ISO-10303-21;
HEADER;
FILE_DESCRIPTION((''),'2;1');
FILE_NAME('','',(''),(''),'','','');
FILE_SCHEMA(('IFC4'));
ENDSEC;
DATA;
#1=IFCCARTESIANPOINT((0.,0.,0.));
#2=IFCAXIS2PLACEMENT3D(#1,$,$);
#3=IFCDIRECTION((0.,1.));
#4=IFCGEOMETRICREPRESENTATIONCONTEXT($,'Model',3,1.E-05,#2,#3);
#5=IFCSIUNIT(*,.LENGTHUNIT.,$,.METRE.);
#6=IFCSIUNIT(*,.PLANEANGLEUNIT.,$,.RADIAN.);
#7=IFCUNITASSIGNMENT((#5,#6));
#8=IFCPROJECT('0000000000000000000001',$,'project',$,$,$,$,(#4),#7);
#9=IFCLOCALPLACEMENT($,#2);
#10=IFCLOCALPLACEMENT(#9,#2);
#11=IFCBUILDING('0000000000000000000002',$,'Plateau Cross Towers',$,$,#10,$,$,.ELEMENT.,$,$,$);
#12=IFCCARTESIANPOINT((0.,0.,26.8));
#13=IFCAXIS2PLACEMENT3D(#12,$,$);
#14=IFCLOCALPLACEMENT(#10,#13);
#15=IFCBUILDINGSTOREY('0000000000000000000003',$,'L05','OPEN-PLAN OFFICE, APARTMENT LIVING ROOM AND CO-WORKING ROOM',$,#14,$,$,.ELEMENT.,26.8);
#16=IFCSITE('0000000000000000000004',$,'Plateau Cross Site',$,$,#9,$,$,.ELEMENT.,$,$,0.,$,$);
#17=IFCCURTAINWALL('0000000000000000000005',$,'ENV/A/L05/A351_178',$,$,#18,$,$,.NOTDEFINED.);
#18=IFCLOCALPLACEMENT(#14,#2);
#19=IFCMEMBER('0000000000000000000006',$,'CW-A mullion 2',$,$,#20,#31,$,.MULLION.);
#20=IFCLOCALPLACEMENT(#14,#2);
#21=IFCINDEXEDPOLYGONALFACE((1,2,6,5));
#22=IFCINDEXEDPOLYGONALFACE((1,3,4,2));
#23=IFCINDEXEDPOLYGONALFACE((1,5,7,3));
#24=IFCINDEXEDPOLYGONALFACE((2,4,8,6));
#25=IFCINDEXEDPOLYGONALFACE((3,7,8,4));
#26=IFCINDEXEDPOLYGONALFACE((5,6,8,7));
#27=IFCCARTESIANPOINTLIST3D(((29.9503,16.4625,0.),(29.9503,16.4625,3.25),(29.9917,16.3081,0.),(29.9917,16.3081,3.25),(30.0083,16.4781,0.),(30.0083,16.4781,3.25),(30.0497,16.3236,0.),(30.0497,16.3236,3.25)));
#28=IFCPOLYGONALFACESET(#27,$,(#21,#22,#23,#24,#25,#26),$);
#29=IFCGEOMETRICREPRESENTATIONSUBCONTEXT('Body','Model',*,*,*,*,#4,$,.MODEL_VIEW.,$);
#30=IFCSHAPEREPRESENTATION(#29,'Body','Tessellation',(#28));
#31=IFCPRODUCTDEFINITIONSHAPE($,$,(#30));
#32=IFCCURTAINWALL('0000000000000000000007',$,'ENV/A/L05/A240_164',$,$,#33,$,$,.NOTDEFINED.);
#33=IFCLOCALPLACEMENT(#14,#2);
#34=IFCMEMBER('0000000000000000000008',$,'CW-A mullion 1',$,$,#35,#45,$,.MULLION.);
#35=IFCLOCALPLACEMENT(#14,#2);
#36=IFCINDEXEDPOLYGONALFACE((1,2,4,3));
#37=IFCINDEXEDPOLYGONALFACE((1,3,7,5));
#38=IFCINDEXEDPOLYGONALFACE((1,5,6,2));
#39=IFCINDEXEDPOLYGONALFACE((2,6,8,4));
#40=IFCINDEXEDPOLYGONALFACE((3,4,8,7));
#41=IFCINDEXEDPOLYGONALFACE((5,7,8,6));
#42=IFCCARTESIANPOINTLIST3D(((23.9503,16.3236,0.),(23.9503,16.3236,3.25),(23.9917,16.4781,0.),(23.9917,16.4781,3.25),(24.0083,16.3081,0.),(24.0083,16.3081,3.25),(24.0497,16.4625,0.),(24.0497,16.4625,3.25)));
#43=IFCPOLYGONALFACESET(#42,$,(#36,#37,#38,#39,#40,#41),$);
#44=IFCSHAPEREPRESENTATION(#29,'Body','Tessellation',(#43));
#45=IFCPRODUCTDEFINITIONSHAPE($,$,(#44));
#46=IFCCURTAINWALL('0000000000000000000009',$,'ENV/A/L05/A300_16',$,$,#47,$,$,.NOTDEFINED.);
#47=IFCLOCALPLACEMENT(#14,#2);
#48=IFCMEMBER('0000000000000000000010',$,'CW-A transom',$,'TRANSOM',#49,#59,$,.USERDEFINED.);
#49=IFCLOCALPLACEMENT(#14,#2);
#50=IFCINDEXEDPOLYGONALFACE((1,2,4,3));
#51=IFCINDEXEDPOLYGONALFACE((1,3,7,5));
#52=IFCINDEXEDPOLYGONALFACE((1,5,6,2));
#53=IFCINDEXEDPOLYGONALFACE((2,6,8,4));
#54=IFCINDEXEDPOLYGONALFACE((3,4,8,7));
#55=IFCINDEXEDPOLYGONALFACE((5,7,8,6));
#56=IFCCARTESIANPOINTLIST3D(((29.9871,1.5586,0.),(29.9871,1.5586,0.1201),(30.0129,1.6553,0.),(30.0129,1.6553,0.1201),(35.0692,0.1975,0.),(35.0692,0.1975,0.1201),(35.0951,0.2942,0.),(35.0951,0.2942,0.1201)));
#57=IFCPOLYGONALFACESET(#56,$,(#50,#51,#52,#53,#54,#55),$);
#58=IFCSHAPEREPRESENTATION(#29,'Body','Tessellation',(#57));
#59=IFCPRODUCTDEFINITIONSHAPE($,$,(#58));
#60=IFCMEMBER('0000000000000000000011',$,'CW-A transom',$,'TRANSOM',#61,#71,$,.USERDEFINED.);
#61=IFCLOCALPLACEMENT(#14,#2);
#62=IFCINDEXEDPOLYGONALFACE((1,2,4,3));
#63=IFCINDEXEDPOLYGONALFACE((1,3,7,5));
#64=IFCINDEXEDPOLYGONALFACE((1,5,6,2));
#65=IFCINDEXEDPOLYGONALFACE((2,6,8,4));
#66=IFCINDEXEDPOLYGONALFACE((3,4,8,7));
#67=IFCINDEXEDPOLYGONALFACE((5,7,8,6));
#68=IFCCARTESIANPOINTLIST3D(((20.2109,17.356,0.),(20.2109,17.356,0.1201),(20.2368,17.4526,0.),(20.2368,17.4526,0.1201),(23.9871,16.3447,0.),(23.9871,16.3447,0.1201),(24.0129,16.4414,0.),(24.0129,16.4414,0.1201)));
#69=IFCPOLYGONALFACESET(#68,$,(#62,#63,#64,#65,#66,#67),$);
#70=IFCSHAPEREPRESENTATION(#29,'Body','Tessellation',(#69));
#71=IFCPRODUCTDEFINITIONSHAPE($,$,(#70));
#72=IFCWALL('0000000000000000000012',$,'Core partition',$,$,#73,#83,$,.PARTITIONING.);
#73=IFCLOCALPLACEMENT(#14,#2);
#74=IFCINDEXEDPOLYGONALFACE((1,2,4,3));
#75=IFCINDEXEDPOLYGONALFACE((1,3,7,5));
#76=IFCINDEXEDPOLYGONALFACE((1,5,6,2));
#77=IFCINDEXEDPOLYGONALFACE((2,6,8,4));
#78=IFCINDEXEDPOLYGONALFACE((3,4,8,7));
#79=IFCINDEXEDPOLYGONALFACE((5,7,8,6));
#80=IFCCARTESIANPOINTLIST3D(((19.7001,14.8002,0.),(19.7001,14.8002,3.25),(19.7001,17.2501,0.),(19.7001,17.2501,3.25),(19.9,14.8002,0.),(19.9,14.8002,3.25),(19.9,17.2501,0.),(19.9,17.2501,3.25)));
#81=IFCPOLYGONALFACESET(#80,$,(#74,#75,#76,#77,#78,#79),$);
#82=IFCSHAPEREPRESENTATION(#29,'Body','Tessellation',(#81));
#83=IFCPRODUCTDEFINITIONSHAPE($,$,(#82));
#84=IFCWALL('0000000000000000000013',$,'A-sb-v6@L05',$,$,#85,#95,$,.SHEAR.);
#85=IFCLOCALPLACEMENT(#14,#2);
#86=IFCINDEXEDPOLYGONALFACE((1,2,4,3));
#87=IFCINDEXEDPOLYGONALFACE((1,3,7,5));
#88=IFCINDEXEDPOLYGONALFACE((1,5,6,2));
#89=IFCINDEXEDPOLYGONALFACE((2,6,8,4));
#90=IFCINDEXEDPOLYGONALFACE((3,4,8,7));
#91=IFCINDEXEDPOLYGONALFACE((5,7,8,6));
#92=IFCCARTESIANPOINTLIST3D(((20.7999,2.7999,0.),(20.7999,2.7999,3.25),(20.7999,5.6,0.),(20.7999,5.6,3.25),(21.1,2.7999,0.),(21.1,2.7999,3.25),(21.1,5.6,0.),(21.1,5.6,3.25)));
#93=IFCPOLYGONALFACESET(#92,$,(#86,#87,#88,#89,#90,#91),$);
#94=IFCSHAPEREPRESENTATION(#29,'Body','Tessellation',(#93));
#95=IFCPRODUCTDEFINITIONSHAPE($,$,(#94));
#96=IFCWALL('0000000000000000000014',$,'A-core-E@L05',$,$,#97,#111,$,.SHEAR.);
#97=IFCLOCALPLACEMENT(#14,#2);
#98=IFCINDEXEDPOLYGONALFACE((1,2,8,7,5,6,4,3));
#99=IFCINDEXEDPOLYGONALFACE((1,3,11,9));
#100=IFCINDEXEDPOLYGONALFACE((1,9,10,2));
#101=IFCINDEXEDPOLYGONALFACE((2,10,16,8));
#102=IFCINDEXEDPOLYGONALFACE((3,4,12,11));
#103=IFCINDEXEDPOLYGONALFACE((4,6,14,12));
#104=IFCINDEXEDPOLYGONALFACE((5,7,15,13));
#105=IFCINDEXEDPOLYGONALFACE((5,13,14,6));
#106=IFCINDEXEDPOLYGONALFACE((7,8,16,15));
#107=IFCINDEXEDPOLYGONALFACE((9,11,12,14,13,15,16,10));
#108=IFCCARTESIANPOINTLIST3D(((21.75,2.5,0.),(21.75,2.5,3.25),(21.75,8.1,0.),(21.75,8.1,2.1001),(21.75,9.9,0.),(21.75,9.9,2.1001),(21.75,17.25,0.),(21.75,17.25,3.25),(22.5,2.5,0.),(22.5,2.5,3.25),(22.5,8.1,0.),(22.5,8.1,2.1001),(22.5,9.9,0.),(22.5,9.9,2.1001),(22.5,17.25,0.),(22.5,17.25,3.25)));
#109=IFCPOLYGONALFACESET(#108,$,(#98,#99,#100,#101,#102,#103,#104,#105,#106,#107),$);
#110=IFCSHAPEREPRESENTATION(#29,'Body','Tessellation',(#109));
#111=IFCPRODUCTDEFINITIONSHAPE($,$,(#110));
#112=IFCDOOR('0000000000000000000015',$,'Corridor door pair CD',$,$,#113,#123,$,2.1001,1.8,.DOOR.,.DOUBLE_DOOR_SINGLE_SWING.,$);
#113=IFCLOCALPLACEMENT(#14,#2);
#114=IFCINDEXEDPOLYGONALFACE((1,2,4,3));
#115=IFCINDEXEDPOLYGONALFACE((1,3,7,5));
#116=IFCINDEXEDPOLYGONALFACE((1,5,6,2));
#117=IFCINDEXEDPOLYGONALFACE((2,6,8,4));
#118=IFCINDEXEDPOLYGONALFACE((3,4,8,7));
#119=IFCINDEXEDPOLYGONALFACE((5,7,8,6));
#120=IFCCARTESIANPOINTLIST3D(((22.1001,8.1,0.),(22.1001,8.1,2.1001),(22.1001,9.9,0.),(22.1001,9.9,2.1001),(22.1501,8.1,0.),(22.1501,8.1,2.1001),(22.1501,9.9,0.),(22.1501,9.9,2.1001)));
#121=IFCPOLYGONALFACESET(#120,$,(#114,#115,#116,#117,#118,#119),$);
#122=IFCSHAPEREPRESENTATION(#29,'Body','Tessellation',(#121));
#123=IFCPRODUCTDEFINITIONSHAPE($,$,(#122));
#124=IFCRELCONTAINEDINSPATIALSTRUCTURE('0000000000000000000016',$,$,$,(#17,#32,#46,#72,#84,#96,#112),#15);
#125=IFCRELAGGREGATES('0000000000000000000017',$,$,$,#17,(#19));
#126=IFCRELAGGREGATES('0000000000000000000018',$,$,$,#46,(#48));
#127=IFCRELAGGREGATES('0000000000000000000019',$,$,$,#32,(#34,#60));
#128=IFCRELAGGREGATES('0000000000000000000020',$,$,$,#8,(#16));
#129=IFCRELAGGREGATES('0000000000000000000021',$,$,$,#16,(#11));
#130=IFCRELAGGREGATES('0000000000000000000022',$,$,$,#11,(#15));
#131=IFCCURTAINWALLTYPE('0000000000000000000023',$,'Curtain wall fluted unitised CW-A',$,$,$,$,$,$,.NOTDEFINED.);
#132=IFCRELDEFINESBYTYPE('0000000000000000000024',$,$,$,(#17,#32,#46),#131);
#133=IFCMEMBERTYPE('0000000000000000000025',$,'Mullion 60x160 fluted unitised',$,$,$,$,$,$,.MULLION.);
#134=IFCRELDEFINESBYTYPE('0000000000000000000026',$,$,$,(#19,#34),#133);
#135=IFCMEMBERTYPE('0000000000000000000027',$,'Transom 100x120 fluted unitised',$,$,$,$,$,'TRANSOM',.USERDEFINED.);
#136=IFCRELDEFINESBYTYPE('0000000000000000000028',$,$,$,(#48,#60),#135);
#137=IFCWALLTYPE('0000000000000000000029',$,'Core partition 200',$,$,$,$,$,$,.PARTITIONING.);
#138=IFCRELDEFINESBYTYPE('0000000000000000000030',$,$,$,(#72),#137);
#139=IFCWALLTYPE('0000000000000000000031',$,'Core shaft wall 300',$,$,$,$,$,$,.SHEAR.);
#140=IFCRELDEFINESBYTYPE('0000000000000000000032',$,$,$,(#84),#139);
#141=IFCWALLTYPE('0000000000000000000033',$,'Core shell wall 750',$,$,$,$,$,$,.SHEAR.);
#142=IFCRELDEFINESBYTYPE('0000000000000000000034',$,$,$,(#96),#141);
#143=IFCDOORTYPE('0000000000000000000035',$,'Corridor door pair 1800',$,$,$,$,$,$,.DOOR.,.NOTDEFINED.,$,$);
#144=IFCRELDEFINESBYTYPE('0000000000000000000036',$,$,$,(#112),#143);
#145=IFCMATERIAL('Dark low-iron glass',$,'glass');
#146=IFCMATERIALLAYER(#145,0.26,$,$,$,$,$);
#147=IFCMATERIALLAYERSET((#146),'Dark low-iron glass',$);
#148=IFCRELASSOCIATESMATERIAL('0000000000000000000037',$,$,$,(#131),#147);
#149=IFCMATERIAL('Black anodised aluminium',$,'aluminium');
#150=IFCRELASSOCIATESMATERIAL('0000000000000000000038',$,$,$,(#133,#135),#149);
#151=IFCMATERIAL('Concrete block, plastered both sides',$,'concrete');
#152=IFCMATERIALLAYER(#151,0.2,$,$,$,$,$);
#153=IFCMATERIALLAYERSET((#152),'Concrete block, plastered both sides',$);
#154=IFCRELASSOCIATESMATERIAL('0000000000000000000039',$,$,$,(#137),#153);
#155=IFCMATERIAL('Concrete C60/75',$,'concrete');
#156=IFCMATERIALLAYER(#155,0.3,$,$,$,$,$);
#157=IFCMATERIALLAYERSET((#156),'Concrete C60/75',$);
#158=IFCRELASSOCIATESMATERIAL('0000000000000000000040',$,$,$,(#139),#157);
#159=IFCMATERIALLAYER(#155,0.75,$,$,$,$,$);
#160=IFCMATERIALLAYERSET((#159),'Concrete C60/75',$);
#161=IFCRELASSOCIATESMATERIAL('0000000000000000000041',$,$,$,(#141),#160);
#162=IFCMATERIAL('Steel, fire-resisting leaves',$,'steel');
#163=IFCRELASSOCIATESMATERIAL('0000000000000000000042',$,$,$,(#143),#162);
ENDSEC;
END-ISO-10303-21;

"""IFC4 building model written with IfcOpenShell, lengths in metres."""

from ifc_helpers import new_model, si_unit, direction, frame, frame_2d, origin, origin_2d, place, context, subcontext, project, spatial, rectangle, extrude, material, layer, layer_set, material_profile, profile_set, type_object, element, fill, aggregate, save


model = new_model("IFC4")

# Units and contexts
model_context = context("Model", 3, precision=1e-05, world=origin(), true_north=direction((0.0, 1.0)))
body_context = subcontext(model_context, "Body", "Model", "MODEL_VIEW")
ifc_project = project(units=[si_unit("LENGTHUNIT", "METRE"), si_unit("PLANEANGLEUNIT", "RADIAN")], contexts=[model_context])

# Site, building, storey
site_placement = place(None, origin())
site = spatial("IfcSite", under=ifc_project, at=site_placement, Name="Plateau Cross Site", CompositionType="ELEMENT", RefElevation=0.0)
building_placement = place(site_placement, origin())
building = spatial("IfcBuilding", under=site, at=building_placement, Name="Plateau Cross Towers", CompositionType="ELEMENT")
storey_placement = place(building_placement, frame((0.0, 0.0, 26.8)))
storey = spatial("IfcBuildingStorey", under=building, at=storey_placement, Name="L05", Description="OPEN-PLAN OFFICE, APARTMENT LIVING ROOM AND CO-WORKING ROOM", CompositionType="ELEMENT", Elevation=26.8)

# Curtain walls, members
ifc_material_1 = material(Name="Dark low-iron glass", Category="glass")
ifc_layer_1 = layer(ifc_material_1, 0.26)
ifc_layer_set_1 = layer_set([ifc_layer_1], Name="Dark low-iron glass")
curtain_wall_type = type_object("IfcCurtainWallType", Name="Curtain wall fluted unitised CW-A", PredefinedType="NOTDEFINED", material=ifc_layer_set_1)
curtain_wall_1_placement = place(storey_placement, origin())
curtain_wall_1 = element("IfcCurtainWall", 1, at=curtain_wall_1_placement, inside=storey, type_object=curtain_wall_type, Name="ENV/A/L05/A351_178", PredefinedType="NOTDEFINED")
ifc_material_2 = material(Name="Black anodised aluminium", Category="aluminium")
ifc_material_profile_1 = material_profile(ifc_material_2, rectangle(XDim=0.0601, YDim=0.1599, at=origin_2d()), Name="MULLION 60x160")
ifc_profile_set_1 = profile_set([ifc_material_profile_1], Name="Black anodised aluminium")
member_type_1 = type_object("IfcMemberType", Name="Mullion 60x160 fluted unitised", PredefinedType="MULLION", material=ifc_profile_set_1)
member_1_placement = place(storey_placement, frame((30.0, 16.3931, 0.0), z_axis=(0.0, 0.0, 1.0), x_axis=(-0.965958, -0.258699, 0.0)))
member_1 = element("IfcMember", 2, at=member_1_placement, type_object=member_type_1, Name="CW-A mullion 2", PredefinedType="MULLION", context=body_context, shape_type="SweptSolid", body=[
    extrude(rectangle(XDim=0.0601, YDim=0.1599, at=origin_2d()), origin(), (0.0, 0.0, 1.0), 3.25),
])
aggregate(curtain_wall_1, [member_1])
curtain_wall_2_placement = place(storey_placement, origin())
curtain_wall_2 = element("IfcCurtainWall", 3, at=curtain_wall_2_placement, inside=storey, type_object=curtain_wall_type, Name="ENV/A/L05/A240_164", PredefinedType="NOTDEFINED")
member_2_placement = place(storey_placement, frame((24.0, 16.3931, 0.0), z_axis=(0.0, 0.0, 1.0), x_axis=(-0.965958, 0.258699, 0.0)))
member_2 = element("IfcMember", 4, at=member_2_placement, type_object=member_type_1, Name="CW-A mullion 1", PredefinedType="MULLION", context=body_context, shape_type="SweptSolid", body=[
    extrude(rectangle(XDim=0.0601, YDim=0.1599, at=origin_2d()), origin(), (0.0, 0.0, 1.0), 3.25),
])
curtain_wall_3_placement = place(storey_placement, origin())
curtain_wall_3 = element("IfcCurtainWall", 5, at=curtain_wall_3_placement, inside=storey, type_object=curtain_wall_type, Name="ENV/A/L05/A300_16", PredefinedType="NOTDEFINED")
ifc_material_profile_2 = material_profile(ifc_material_2, rectangle(XDim=0.1001, YDim=0.1201, at=origin_2d()), Name="TRANSOM 100x120")
ifc_profile_set_2 = profile_set([ifc_material_profile_2], Name="Black anodised aluminium")
member_type_2 = type_object("IfcMemberType", Name="Transom 100x120 fluted unitised", ElementType="TRANSOM", PredefinedType="USERDEFINED", material=ifc_profile_set_2)
member_3_placement = place(storey_placement, frame((30.0, 1.6069, 0.0601), z_axis=(0.965956, -0.258705, 0.0), x_axis=(0.258705, 0.965956, 0.0)))
member_3 = element("IfcMember", 6, at=member_3_placement, type_object=member_type_2, Name="CW-A transom", ObjectType="TRANSOM", PredefinedType="USERDEFINED", context=body_context, shape_type="SweptSolid", body=[
    extrude(rectangle(XDim=0.1001, YDim=0.1201, at=origin_2d()), origin(), (0.0, 0.0, 1.0), 5.2612),
])
aggregate(curtain_wall_3, [member_3])

# Member
member_4_placement = place(storey_placement, frame((24.0, 16.3931, 0.0601), z_axis=(-0.965963, 0.258681, 0.0), x_axis=(-0.258681, -0.965963, 0.0)))
member_4 = element("IfcMember", 7, at=member_4_placement, type_object=member_type_2, Name="CW-A transom", ObjectType="TRANSOM", PredefinedType="USERDEFINED", context=body_context, shape_type="SweptSolid", body=[
    extrude(rectangle(XDim=0.1001, YDim=0.1201, at=origin_2d()), origin(), (0.0, 0.0, 1.0), 3.9092),
])
aggregate(curtain_wall_2, [member_2, member_4])

# Walls
ifc_material_3 = material(Name="Concrete block, plastered both sides", Category="concrete")
ifc_layer_2 = layer(ifc_material_3, 0.2)
ifc_layer_set_2 = layer_set([ifc_layer_2], Name="Concrete block, plastered both sides")
wall_type_1 = type_object("IfcWallType", Name="Core partition 200", PredefinedType="PARTITIONING", material=ifc_layer_set_2)
wall_1_placement = place(storey_placement, frame((19.8, 14.8, 0.0), z_axis=(0.0, 0.0, 1.0), x_axis=(0.0, 1.0, 0.0)))
element("IfcWall", 8, at=wall_1_placement, inside=storey, type_object=wall_type_1, Name="Core partition", PredefinedType="PARTITIONING", context=body_context, shape_type="SweptSolid", body=[
    extrude(rectangle(XDim=2.45, YDim=0.2, at=frame_2d((1.2251, 0.0))), origin(), (0.0, 0.0, 1.0), 3.25),
])
ifc_material_4 = material(Name="Concrete C60/75", Category="concrete")
ifc_layer_3 = layer(ifc_material_4, 0.3)
ifc_layer_set_3 = layer_set([ifc_layer_3], Name="Concrete C60/75")
wall_type_2 = type_object("IfcWallType", Name="Core shaft wall 300", PredefinedType="SHEAR", material=ifc_layer_set_3)
wall_2_placement = place(storey_placement, frame((20.95, 2.8, 0.0), z_axis=(0.0, 0.0, 1.0), x_axis=(0.0, 1.0, 0.0)))
element("IfcWall", 9, at=wall_2_placement, inside=storey, type_object=wall_type_2, Name="A-sb-v6@L05", PredefinedType="SHEAR", context=body_context, shape_type="SweptSolid", body=[
    extrude(rectangle(XDim=2.8, YDim=0.3, at=frame_2d((1.3999, 0.0))), origin(), (0.0, 0.0, 1.0), 3.25),
])

# Wall, opening, door
ifc_layer_4 = layer(ifc_material_4, 0.75)
ifc_layer_set_4 = layer_set([ifc_layer_4], Name="Concrete C60/75")
wall_type_3 = type_object("IfcWallType", Name="Core shell wall 750", PredefinedType="SHEAR", material=ifc_layer_set_4)
wall_3_placement = place(storey_placement, frame((22.125, 2.5, 0.0), z_axis=(0.0, 0.0, 1.0), x_axis=(0.0, 1.0, 0.0)))
wall_3 = element("IfcWall", 10, at=wall_3_placement, inside=storey, type_object=wall_type_3, Name="A-core-E@L05", PredefinedType="SHEAR", context=body_context, shape_type="SweptSolid", body=[
    extrude(rectangle(XDim=14.75, YDim=0.75, at=frame_2d((7.375, 0.0))), origin(), (0.0, 0.0, 1.0), 3.25),
])
opening_1_placement = place(wall_3_placement, frame((5.6001, 0.0, 0.0)))
opening_1 = element("IfcOpeningElement", 11, at=opening_1_placement, cuts=wall_3, PredefinedType="OPENING", context=body_context, shape_type="SweptSolid", body=[
    extrude(rectangle(XDim=1.8, YDim=2.1001, at=frame_2d((0.8999, 1.05))), frame((0.0, 0.385, 0.0), z_axis=(0.0, -1.0, 0.0), x_axis=(1.0, 0.0, 0.0)), (0.0, 0.0, 1.0), 0.77),
])
ifc_material_5 = material(Name="Steel, fire-resisting leaves", Category="steel")
door_type_1 = type_object("IfcDoorType", Name="Corridor door pair 1800", OperationType="NOTDEFINED", PredefinedType="DOOR", material=ifc_material_5)
door_1_placement = place(opening_1_placement, origin())
door_1 = element("IfcDoor", 12, at=door_1_placement, inside=storey, type_object=door_type_1, Name="Corridor door pair CD", OperationType="DOUBLE_DOOR_SINGLE_SWING", OverallHeight=2.1001, OverallWidth=1.8, PredefinedType="DOOR", context=body_context, shape_type="SweptSolid", body=[
    extrude(rectangle(XDim=1.8, YDim=2.1001, at=frame_2d((0.8999, 1.05))), frame((0.0, 0.0249, 0.0), z_axis=(0.0, -1.0, 0.0), x_axis=(1.0, 0.0, 0.0)), (0.0, 0.0, 1.0), 0.05),
])
fill(opening_1, door_1)

save(model, "model.ifc")
